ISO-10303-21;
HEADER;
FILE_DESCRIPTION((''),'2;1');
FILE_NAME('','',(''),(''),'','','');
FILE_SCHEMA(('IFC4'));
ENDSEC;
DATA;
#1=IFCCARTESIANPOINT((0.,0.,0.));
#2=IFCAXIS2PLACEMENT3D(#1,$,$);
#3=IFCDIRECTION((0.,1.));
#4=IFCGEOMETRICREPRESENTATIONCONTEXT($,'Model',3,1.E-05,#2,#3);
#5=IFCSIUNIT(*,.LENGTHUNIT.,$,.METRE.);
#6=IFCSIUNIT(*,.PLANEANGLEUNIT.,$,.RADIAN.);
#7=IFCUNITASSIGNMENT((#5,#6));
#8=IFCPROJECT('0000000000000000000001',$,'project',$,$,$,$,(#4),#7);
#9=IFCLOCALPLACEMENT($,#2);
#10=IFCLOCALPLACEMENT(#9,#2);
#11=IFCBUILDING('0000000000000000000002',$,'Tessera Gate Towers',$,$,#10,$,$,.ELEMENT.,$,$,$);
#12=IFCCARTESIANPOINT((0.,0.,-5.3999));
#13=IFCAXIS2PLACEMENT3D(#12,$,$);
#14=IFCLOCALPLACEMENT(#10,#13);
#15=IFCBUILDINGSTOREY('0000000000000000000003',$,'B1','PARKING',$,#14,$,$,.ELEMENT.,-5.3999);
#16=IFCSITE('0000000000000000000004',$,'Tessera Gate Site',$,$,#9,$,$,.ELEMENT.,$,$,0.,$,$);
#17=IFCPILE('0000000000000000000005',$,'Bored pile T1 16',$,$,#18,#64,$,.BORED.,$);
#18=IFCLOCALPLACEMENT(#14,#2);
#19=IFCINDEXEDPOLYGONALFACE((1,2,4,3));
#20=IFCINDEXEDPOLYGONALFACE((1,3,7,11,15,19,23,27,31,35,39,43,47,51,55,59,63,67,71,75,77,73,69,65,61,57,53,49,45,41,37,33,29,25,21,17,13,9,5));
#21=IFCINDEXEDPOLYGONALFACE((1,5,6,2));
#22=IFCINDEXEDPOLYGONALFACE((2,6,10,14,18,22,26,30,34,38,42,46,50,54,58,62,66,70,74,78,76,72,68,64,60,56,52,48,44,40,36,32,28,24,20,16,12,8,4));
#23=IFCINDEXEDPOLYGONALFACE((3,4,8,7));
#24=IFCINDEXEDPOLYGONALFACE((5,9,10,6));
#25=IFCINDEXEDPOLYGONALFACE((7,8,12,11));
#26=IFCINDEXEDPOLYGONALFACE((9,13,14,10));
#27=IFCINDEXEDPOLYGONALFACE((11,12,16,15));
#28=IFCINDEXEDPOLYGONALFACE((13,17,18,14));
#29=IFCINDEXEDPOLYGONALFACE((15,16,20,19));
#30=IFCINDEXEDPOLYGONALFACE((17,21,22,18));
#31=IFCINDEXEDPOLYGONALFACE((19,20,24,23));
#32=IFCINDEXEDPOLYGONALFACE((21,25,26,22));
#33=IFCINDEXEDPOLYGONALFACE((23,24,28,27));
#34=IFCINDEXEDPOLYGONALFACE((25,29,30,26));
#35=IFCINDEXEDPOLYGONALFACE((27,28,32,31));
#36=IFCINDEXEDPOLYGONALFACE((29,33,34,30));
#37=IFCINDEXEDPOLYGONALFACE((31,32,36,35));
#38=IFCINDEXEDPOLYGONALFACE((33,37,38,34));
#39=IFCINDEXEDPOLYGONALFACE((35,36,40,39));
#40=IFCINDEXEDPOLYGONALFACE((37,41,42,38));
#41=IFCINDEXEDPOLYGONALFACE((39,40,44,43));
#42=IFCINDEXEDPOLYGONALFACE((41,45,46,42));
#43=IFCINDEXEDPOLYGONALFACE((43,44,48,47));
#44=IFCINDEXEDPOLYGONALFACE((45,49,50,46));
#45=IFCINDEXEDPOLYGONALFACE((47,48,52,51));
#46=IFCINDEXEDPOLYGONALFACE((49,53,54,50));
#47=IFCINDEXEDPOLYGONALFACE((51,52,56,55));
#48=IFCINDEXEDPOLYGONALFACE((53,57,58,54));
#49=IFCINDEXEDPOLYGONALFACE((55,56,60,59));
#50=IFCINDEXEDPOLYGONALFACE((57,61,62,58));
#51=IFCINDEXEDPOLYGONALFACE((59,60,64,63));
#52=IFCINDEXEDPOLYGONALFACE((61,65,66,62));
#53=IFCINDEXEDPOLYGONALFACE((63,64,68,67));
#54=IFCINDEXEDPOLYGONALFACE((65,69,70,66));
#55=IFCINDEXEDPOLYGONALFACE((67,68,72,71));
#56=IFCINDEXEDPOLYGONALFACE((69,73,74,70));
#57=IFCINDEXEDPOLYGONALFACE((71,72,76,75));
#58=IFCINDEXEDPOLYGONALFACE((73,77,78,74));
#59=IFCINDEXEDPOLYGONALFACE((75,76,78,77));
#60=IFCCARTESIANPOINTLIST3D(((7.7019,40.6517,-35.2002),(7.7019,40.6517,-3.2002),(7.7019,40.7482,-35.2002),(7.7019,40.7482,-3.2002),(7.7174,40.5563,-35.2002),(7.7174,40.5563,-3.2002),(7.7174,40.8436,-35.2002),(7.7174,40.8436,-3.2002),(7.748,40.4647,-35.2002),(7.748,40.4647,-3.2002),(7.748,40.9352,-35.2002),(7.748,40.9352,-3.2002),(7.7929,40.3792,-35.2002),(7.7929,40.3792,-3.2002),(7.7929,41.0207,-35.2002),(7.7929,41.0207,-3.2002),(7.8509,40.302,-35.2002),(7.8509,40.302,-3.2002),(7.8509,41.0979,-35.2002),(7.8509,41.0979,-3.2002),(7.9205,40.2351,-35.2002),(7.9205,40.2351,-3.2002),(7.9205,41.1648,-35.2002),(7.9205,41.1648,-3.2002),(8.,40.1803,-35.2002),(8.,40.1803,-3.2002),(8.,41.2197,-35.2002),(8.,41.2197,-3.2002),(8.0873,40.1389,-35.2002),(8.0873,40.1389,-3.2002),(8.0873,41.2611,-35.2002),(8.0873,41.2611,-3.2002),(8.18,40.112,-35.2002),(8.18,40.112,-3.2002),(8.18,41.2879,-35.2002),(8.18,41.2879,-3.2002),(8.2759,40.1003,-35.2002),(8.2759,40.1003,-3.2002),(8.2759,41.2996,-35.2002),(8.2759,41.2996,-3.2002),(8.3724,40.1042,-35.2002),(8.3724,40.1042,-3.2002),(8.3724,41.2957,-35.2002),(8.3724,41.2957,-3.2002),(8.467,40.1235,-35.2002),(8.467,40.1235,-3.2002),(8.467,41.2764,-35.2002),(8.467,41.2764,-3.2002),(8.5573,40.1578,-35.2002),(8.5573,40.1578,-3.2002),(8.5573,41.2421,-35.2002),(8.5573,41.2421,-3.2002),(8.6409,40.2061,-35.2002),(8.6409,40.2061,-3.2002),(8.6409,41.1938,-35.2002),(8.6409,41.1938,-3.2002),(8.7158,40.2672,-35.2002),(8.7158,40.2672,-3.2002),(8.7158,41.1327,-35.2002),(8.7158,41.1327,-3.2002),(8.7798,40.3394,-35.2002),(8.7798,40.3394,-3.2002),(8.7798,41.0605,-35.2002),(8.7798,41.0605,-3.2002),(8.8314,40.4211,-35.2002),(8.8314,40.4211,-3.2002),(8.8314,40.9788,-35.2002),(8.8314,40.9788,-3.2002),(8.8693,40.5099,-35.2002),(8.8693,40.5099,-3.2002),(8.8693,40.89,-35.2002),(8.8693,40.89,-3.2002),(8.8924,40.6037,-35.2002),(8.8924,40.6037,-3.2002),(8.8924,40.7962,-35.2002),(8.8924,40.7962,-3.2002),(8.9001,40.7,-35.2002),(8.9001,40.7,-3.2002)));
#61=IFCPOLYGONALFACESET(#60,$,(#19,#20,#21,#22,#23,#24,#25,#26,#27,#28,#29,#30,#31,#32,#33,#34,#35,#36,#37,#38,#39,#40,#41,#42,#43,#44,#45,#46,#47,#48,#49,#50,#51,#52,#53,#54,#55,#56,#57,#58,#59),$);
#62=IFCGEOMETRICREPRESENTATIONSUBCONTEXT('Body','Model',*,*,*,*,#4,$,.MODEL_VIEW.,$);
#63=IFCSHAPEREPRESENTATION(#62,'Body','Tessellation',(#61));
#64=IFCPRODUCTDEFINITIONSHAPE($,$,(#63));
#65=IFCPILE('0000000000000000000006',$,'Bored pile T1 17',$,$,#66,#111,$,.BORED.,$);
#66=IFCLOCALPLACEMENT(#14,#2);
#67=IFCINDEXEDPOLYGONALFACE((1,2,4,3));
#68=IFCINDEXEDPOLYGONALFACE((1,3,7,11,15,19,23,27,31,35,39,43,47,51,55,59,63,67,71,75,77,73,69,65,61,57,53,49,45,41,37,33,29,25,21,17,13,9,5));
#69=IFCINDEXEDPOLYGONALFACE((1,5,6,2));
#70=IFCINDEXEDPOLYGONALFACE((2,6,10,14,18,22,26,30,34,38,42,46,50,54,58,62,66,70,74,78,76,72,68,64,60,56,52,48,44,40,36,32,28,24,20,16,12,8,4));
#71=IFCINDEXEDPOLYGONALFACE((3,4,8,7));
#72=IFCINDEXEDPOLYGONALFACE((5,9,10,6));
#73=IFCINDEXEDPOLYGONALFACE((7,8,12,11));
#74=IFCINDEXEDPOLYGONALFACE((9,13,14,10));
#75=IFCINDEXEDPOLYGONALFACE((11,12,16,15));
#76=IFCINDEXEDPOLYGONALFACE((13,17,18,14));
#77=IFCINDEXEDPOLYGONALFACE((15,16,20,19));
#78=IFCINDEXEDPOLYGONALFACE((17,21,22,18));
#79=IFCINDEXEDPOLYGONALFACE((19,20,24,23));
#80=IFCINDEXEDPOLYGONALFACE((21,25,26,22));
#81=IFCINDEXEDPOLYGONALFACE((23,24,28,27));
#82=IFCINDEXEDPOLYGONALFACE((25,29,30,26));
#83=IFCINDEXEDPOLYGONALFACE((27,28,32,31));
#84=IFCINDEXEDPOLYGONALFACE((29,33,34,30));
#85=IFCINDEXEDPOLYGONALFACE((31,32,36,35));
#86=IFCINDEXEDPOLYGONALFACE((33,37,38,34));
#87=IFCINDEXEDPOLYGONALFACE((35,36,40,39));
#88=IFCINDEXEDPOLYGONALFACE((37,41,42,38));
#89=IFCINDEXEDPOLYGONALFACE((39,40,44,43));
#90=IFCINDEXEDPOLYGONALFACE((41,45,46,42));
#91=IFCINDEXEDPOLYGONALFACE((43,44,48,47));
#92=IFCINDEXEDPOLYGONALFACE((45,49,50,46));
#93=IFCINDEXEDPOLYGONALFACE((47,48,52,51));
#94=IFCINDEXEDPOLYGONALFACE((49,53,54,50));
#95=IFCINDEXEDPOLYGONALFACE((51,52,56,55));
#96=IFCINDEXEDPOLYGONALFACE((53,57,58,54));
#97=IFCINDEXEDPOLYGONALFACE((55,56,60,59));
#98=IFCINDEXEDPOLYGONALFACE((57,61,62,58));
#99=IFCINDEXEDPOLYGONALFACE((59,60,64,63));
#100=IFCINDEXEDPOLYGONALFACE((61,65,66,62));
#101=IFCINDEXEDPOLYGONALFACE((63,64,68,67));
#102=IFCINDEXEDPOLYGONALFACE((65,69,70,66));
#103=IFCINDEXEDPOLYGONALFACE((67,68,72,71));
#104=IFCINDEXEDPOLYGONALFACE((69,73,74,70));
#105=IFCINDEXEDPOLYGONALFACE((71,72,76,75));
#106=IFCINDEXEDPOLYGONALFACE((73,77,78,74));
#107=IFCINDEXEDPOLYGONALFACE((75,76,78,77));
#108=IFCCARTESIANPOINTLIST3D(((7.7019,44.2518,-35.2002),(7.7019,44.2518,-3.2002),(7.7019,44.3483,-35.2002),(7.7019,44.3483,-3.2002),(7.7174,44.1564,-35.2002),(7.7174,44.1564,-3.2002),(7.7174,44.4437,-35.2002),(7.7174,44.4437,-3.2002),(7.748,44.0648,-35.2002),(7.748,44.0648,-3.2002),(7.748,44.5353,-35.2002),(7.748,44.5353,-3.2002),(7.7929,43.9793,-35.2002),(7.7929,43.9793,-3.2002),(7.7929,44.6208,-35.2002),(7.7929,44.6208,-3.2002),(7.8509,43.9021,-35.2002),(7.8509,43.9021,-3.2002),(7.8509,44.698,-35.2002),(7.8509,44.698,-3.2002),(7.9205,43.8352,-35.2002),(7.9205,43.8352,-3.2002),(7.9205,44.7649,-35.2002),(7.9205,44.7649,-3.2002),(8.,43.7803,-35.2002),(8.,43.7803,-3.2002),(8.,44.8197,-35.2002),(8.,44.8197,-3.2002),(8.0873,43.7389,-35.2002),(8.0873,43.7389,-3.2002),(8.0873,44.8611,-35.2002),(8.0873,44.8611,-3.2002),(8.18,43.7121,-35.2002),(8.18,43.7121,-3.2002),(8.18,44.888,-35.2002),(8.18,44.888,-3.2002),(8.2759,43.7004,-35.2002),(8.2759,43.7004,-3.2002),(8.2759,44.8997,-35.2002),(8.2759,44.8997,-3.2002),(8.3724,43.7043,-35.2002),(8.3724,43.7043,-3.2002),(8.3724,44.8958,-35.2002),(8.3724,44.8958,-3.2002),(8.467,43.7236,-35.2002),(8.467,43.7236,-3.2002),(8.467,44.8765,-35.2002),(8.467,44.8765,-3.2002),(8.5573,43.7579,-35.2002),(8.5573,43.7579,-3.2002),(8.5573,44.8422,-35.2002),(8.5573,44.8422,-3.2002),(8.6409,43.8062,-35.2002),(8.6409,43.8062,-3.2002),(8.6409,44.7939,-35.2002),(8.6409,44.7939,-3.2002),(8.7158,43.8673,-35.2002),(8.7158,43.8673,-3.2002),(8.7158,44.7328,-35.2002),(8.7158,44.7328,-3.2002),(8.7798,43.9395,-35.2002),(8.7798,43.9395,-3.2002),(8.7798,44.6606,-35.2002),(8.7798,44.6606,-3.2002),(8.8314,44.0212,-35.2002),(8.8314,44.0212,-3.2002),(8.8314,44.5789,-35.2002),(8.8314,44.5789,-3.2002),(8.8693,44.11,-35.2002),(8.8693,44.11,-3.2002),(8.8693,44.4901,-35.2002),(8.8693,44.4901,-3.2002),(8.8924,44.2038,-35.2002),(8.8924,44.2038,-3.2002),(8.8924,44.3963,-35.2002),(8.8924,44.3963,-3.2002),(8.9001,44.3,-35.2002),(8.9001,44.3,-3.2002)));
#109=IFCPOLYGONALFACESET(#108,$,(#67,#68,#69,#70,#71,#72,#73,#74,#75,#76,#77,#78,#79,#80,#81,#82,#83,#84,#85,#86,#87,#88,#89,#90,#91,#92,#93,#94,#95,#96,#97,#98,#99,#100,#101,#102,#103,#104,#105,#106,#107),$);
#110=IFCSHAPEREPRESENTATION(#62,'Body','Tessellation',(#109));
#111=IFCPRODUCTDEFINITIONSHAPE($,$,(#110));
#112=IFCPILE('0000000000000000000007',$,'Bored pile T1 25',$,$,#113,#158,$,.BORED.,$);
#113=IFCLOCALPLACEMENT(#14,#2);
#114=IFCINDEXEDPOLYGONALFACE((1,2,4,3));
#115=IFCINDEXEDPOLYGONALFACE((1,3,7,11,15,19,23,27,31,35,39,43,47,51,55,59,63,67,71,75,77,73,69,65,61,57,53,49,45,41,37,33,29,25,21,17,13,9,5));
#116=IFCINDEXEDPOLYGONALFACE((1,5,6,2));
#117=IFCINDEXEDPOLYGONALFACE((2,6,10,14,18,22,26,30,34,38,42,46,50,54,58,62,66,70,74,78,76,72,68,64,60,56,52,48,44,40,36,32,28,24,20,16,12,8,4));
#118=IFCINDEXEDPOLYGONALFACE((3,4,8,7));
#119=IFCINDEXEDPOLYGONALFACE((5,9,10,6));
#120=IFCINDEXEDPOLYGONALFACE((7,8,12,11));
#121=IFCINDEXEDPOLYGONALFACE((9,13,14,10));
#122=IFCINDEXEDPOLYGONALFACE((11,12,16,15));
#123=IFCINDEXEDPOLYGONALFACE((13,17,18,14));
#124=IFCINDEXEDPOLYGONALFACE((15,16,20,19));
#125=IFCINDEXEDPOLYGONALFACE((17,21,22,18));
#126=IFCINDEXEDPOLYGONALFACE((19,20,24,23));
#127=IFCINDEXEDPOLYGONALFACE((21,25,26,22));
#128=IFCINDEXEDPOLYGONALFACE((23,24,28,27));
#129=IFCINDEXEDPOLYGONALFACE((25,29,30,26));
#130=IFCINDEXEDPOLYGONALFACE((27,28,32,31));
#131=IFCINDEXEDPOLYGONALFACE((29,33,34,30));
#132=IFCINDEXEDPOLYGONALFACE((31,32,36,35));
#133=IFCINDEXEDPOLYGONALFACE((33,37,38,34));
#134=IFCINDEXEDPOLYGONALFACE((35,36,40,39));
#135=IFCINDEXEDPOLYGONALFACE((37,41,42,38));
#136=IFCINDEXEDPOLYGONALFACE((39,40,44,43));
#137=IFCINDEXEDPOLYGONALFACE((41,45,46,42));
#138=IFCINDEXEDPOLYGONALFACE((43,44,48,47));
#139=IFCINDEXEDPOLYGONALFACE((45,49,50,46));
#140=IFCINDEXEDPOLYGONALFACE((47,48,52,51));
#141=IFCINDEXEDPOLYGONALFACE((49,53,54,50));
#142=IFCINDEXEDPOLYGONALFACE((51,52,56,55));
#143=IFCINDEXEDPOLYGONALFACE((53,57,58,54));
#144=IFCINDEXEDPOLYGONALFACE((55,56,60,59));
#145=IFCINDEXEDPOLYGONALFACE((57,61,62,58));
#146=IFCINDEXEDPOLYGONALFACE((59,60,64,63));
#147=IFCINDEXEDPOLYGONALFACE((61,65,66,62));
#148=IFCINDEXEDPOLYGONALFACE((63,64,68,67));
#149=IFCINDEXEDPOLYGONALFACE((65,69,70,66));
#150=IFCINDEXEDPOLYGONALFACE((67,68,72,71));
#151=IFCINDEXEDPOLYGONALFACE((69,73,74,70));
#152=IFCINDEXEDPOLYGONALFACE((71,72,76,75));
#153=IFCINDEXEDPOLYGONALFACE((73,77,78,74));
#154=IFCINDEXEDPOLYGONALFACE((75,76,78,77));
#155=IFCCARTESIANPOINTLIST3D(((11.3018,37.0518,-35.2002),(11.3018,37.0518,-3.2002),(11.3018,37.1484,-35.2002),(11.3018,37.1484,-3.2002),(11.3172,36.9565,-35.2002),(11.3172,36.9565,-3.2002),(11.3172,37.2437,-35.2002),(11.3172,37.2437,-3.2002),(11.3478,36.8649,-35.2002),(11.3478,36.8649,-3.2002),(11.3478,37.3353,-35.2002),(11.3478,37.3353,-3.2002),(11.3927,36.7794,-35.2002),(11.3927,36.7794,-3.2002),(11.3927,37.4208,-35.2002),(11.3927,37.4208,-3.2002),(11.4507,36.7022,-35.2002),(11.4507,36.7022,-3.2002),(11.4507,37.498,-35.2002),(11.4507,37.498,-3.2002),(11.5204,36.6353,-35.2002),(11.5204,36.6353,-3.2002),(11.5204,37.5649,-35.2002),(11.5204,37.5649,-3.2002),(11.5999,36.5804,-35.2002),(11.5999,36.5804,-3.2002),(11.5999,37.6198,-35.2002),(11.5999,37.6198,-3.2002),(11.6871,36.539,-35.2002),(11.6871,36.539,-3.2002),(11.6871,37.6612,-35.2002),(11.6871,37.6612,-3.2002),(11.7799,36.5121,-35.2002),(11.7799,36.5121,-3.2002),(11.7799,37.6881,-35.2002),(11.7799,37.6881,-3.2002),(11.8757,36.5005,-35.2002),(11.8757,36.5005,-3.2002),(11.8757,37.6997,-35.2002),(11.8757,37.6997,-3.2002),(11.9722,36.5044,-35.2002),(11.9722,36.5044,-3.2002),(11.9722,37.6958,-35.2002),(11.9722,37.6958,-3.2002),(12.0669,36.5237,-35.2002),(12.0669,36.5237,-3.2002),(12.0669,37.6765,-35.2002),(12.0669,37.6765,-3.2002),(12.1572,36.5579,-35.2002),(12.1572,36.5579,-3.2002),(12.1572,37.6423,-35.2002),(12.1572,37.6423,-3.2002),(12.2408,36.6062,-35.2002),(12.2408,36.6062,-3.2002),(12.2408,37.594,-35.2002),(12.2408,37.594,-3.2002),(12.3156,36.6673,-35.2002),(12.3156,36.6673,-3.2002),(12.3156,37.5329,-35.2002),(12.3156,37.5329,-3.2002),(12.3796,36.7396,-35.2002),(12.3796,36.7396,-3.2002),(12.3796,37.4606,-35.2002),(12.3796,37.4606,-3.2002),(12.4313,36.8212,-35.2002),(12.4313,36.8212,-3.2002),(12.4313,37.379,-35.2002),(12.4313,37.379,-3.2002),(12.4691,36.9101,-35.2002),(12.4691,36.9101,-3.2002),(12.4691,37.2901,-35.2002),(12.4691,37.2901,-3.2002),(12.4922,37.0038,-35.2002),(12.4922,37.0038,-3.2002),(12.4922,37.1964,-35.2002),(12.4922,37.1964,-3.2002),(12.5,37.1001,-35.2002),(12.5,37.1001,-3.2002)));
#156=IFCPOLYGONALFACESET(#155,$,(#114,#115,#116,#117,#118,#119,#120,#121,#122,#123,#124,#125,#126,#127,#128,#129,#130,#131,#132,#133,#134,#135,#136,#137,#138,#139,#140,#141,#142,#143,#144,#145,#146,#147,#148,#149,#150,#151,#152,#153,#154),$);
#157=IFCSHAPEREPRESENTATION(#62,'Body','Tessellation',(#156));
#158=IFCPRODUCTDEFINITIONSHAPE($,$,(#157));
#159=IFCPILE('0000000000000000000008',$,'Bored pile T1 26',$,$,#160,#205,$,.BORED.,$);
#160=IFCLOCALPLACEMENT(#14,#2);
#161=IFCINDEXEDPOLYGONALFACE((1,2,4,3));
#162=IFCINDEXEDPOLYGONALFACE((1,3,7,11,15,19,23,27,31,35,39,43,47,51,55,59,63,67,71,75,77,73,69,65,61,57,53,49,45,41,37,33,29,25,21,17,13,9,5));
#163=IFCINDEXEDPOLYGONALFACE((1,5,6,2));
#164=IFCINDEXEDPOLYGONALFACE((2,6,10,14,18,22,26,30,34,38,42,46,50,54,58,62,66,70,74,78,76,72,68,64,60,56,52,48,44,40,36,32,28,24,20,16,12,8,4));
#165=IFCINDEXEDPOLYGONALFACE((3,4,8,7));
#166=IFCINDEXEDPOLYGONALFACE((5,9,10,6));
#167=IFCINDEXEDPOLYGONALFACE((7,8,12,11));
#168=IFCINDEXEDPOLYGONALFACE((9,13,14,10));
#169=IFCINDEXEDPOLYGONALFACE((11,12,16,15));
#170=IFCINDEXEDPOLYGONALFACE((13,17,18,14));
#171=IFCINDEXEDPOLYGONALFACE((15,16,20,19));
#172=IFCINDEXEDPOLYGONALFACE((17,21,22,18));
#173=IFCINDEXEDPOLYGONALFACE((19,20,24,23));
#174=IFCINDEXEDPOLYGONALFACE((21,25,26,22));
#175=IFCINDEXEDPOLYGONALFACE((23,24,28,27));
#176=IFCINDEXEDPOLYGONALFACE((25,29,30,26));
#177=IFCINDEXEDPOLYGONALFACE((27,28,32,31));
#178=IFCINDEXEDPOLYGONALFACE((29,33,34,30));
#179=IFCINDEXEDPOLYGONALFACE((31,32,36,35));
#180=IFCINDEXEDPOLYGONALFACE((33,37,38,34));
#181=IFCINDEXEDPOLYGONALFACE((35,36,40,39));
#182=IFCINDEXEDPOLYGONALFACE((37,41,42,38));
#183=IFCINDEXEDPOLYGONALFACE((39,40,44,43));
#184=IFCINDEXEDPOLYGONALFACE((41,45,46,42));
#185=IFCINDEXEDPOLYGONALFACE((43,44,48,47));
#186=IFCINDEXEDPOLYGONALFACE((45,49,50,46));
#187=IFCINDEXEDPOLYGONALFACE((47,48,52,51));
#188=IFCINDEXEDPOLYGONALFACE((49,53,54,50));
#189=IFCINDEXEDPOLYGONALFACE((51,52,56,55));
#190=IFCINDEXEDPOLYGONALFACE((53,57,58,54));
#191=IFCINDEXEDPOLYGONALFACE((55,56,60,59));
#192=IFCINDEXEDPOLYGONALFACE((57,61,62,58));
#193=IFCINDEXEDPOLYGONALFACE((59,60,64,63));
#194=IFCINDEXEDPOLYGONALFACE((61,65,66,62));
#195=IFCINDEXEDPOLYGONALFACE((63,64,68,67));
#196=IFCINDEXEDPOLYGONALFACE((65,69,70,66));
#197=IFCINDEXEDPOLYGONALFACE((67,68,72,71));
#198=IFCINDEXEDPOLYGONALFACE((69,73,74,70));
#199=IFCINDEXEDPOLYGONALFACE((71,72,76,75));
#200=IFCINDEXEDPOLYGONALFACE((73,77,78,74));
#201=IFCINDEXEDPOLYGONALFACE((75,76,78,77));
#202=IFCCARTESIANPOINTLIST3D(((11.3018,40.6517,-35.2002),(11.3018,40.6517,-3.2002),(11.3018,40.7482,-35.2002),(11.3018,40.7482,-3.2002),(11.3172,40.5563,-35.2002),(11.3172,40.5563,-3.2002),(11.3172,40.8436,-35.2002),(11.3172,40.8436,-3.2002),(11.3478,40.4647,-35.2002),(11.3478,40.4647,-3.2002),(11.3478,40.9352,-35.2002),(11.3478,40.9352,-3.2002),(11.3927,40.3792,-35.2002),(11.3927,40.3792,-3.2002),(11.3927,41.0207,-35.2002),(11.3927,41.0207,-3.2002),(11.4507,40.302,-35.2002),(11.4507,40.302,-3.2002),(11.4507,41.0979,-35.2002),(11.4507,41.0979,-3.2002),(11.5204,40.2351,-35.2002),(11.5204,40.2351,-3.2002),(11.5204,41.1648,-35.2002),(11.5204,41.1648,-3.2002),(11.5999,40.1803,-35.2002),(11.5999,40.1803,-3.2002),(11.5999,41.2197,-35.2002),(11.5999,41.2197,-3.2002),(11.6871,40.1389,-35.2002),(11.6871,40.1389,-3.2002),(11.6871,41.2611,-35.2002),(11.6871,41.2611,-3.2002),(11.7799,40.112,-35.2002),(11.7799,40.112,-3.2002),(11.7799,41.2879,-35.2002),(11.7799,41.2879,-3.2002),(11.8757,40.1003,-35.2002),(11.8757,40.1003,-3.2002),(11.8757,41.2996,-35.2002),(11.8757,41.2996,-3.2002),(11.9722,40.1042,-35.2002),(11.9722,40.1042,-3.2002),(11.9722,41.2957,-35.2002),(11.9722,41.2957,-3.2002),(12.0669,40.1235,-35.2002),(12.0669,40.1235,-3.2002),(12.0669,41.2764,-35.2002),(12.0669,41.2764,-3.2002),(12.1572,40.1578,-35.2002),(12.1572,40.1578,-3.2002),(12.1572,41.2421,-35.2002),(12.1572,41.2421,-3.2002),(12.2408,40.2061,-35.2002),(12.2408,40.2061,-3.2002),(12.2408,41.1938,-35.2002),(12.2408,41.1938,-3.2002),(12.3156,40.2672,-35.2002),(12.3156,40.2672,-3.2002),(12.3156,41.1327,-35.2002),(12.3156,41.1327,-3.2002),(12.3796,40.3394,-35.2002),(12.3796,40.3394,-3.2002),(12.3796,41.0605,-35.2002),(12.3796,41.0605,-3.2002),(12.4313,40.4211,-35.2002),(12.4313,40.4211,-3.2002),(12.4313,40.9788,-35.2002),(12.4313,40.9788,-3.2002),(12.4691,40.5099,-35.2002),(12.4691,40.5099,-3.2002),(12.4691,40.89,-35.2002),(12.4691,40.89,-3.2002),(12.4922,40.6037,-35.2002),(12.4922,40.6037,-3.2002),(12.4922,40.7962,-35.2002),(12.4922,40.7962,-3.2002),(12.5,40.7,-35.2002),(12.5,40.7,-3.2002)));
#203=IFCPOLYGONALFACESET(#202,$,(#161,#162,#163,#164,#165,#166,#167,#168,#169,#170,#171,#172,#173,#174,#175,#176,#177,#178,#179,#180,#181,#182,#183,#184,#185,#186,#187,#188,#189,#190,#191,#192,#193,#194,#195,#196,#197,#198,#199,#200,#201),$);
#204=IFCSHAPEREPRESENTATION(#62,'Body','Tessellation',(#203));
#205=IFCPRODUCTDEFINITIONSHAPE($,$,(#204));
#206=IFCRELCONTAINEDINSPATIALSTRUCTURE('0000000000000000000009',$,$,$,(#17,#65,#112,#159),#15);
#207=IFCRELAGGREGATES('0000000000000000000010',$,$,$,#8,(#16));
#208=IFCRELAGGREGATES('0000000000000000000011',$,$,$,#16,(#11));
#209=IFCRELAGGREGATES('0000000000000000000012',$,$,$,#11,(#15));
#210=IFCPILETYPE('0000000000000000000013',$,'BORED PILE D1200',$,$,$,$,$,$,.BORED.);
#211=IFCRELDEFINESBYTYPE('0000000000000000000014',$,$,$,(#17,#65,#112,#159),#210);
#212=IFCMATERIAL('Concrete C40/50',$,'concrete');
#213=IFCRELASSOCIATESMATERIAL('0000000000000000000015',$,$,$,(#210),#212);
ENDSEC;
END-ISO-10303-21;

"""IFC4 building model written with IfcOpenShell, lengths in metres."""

from ifc_helpers import new_model, si_unit, direction, frame, origin, origin_2d, place, context, subcontext, project, spatial, circle, extrude, material, material_profile, profile_set, type_object, element, save


model = new_model("IFC4")

# Units and contexts
model_context = context("Model", 3, precision=1e-05, world=origin(), true_north=direction((0.0, 1.0)))
body_context = subcontext(model_context, "Body", "Model", "MODEL_VIEW")
ifc_project = project(units=[si_unit("LENGTHUNIT", "METRE"), si_unit("PLANEANGLEUNIT", "RADIAN")], contexts=[model_context])

# Site, building, storey
site_placement = place(None, origin())
site = spatial("IfcSite", under=ifc_project, at=site_placement, Name="Tessera Gate Site", CompositionType="ELEMENT", RefElevation=0.0)
building_placement = place(site_placement, origin())
building = spatial("IfcBuilding", under=site, at=building_placement, Name="Tessera Gate Towers", CompositionType="ELEMENT")
storey_placement = place(building_placement, frame((0.0, 0.0, -5.3999)))
storey = spatial("IfcBuildingStorey", under=building, at=storey_placement, Name="B1", Description="PARKING", CompositionType="ELEMENT", Elevation=-5.3999)

# Piles
ifc_material_1 = material(Name="Concrete C40/50", Category="concrete")
ifc_material_profile_1 = material_profile(ifc_material_1, circle(Radius=0.6001, at=origin_2d()), Name="BORED PILE D1200")
ifc_profile_set_1 = profile_set([ifc_material_profile_1], Name="Concrete C40/50")
pile_type = type_object("IfcPileType", Name="BORED PILE D1200", PredefinedType="BORED", material=ifc_profile_set_1)
for number, where, z_axis, x_axis, name in (
    (1, (8.3, 40.7, -3.2002), (0.0, 0.0, -1.0), (1.0, 0.0, 0.0), "Bored pile T1 16"),
    (2, (8.3, 44.3, -3.2002), (0.0, 0.0, -1.0), (1.0, 0.0, 0.0), "Bored pile T1 17"),
    (3, (11.8999, 37.1001, -3.2002), (0.0, 0.0, -1.0), (1.0, 0.0, 0.0), "Bored pile T1 25"),
    (4, (11.8999, 40.7, -3.2002), (0.0, 0.0, -1.0), (1.0, 0.0, 0.0), "Bored pile T1 26"),
):
    element("IfcPile", number, at=place(storey_placement, frame(where, z_axis=z_axis, x_axis=x_axis)), inside=storey, type_object=pile_type, Name=name, PredefinedType="BORED", context=body_context, shape_type="SweptSolid", body=[
        extrude(circle(Radius=0.6001, at=origin_2d()), origin(), (0.0, 0.0, 1.0), 32.0),
    ])

save(model, "model.ifc")
